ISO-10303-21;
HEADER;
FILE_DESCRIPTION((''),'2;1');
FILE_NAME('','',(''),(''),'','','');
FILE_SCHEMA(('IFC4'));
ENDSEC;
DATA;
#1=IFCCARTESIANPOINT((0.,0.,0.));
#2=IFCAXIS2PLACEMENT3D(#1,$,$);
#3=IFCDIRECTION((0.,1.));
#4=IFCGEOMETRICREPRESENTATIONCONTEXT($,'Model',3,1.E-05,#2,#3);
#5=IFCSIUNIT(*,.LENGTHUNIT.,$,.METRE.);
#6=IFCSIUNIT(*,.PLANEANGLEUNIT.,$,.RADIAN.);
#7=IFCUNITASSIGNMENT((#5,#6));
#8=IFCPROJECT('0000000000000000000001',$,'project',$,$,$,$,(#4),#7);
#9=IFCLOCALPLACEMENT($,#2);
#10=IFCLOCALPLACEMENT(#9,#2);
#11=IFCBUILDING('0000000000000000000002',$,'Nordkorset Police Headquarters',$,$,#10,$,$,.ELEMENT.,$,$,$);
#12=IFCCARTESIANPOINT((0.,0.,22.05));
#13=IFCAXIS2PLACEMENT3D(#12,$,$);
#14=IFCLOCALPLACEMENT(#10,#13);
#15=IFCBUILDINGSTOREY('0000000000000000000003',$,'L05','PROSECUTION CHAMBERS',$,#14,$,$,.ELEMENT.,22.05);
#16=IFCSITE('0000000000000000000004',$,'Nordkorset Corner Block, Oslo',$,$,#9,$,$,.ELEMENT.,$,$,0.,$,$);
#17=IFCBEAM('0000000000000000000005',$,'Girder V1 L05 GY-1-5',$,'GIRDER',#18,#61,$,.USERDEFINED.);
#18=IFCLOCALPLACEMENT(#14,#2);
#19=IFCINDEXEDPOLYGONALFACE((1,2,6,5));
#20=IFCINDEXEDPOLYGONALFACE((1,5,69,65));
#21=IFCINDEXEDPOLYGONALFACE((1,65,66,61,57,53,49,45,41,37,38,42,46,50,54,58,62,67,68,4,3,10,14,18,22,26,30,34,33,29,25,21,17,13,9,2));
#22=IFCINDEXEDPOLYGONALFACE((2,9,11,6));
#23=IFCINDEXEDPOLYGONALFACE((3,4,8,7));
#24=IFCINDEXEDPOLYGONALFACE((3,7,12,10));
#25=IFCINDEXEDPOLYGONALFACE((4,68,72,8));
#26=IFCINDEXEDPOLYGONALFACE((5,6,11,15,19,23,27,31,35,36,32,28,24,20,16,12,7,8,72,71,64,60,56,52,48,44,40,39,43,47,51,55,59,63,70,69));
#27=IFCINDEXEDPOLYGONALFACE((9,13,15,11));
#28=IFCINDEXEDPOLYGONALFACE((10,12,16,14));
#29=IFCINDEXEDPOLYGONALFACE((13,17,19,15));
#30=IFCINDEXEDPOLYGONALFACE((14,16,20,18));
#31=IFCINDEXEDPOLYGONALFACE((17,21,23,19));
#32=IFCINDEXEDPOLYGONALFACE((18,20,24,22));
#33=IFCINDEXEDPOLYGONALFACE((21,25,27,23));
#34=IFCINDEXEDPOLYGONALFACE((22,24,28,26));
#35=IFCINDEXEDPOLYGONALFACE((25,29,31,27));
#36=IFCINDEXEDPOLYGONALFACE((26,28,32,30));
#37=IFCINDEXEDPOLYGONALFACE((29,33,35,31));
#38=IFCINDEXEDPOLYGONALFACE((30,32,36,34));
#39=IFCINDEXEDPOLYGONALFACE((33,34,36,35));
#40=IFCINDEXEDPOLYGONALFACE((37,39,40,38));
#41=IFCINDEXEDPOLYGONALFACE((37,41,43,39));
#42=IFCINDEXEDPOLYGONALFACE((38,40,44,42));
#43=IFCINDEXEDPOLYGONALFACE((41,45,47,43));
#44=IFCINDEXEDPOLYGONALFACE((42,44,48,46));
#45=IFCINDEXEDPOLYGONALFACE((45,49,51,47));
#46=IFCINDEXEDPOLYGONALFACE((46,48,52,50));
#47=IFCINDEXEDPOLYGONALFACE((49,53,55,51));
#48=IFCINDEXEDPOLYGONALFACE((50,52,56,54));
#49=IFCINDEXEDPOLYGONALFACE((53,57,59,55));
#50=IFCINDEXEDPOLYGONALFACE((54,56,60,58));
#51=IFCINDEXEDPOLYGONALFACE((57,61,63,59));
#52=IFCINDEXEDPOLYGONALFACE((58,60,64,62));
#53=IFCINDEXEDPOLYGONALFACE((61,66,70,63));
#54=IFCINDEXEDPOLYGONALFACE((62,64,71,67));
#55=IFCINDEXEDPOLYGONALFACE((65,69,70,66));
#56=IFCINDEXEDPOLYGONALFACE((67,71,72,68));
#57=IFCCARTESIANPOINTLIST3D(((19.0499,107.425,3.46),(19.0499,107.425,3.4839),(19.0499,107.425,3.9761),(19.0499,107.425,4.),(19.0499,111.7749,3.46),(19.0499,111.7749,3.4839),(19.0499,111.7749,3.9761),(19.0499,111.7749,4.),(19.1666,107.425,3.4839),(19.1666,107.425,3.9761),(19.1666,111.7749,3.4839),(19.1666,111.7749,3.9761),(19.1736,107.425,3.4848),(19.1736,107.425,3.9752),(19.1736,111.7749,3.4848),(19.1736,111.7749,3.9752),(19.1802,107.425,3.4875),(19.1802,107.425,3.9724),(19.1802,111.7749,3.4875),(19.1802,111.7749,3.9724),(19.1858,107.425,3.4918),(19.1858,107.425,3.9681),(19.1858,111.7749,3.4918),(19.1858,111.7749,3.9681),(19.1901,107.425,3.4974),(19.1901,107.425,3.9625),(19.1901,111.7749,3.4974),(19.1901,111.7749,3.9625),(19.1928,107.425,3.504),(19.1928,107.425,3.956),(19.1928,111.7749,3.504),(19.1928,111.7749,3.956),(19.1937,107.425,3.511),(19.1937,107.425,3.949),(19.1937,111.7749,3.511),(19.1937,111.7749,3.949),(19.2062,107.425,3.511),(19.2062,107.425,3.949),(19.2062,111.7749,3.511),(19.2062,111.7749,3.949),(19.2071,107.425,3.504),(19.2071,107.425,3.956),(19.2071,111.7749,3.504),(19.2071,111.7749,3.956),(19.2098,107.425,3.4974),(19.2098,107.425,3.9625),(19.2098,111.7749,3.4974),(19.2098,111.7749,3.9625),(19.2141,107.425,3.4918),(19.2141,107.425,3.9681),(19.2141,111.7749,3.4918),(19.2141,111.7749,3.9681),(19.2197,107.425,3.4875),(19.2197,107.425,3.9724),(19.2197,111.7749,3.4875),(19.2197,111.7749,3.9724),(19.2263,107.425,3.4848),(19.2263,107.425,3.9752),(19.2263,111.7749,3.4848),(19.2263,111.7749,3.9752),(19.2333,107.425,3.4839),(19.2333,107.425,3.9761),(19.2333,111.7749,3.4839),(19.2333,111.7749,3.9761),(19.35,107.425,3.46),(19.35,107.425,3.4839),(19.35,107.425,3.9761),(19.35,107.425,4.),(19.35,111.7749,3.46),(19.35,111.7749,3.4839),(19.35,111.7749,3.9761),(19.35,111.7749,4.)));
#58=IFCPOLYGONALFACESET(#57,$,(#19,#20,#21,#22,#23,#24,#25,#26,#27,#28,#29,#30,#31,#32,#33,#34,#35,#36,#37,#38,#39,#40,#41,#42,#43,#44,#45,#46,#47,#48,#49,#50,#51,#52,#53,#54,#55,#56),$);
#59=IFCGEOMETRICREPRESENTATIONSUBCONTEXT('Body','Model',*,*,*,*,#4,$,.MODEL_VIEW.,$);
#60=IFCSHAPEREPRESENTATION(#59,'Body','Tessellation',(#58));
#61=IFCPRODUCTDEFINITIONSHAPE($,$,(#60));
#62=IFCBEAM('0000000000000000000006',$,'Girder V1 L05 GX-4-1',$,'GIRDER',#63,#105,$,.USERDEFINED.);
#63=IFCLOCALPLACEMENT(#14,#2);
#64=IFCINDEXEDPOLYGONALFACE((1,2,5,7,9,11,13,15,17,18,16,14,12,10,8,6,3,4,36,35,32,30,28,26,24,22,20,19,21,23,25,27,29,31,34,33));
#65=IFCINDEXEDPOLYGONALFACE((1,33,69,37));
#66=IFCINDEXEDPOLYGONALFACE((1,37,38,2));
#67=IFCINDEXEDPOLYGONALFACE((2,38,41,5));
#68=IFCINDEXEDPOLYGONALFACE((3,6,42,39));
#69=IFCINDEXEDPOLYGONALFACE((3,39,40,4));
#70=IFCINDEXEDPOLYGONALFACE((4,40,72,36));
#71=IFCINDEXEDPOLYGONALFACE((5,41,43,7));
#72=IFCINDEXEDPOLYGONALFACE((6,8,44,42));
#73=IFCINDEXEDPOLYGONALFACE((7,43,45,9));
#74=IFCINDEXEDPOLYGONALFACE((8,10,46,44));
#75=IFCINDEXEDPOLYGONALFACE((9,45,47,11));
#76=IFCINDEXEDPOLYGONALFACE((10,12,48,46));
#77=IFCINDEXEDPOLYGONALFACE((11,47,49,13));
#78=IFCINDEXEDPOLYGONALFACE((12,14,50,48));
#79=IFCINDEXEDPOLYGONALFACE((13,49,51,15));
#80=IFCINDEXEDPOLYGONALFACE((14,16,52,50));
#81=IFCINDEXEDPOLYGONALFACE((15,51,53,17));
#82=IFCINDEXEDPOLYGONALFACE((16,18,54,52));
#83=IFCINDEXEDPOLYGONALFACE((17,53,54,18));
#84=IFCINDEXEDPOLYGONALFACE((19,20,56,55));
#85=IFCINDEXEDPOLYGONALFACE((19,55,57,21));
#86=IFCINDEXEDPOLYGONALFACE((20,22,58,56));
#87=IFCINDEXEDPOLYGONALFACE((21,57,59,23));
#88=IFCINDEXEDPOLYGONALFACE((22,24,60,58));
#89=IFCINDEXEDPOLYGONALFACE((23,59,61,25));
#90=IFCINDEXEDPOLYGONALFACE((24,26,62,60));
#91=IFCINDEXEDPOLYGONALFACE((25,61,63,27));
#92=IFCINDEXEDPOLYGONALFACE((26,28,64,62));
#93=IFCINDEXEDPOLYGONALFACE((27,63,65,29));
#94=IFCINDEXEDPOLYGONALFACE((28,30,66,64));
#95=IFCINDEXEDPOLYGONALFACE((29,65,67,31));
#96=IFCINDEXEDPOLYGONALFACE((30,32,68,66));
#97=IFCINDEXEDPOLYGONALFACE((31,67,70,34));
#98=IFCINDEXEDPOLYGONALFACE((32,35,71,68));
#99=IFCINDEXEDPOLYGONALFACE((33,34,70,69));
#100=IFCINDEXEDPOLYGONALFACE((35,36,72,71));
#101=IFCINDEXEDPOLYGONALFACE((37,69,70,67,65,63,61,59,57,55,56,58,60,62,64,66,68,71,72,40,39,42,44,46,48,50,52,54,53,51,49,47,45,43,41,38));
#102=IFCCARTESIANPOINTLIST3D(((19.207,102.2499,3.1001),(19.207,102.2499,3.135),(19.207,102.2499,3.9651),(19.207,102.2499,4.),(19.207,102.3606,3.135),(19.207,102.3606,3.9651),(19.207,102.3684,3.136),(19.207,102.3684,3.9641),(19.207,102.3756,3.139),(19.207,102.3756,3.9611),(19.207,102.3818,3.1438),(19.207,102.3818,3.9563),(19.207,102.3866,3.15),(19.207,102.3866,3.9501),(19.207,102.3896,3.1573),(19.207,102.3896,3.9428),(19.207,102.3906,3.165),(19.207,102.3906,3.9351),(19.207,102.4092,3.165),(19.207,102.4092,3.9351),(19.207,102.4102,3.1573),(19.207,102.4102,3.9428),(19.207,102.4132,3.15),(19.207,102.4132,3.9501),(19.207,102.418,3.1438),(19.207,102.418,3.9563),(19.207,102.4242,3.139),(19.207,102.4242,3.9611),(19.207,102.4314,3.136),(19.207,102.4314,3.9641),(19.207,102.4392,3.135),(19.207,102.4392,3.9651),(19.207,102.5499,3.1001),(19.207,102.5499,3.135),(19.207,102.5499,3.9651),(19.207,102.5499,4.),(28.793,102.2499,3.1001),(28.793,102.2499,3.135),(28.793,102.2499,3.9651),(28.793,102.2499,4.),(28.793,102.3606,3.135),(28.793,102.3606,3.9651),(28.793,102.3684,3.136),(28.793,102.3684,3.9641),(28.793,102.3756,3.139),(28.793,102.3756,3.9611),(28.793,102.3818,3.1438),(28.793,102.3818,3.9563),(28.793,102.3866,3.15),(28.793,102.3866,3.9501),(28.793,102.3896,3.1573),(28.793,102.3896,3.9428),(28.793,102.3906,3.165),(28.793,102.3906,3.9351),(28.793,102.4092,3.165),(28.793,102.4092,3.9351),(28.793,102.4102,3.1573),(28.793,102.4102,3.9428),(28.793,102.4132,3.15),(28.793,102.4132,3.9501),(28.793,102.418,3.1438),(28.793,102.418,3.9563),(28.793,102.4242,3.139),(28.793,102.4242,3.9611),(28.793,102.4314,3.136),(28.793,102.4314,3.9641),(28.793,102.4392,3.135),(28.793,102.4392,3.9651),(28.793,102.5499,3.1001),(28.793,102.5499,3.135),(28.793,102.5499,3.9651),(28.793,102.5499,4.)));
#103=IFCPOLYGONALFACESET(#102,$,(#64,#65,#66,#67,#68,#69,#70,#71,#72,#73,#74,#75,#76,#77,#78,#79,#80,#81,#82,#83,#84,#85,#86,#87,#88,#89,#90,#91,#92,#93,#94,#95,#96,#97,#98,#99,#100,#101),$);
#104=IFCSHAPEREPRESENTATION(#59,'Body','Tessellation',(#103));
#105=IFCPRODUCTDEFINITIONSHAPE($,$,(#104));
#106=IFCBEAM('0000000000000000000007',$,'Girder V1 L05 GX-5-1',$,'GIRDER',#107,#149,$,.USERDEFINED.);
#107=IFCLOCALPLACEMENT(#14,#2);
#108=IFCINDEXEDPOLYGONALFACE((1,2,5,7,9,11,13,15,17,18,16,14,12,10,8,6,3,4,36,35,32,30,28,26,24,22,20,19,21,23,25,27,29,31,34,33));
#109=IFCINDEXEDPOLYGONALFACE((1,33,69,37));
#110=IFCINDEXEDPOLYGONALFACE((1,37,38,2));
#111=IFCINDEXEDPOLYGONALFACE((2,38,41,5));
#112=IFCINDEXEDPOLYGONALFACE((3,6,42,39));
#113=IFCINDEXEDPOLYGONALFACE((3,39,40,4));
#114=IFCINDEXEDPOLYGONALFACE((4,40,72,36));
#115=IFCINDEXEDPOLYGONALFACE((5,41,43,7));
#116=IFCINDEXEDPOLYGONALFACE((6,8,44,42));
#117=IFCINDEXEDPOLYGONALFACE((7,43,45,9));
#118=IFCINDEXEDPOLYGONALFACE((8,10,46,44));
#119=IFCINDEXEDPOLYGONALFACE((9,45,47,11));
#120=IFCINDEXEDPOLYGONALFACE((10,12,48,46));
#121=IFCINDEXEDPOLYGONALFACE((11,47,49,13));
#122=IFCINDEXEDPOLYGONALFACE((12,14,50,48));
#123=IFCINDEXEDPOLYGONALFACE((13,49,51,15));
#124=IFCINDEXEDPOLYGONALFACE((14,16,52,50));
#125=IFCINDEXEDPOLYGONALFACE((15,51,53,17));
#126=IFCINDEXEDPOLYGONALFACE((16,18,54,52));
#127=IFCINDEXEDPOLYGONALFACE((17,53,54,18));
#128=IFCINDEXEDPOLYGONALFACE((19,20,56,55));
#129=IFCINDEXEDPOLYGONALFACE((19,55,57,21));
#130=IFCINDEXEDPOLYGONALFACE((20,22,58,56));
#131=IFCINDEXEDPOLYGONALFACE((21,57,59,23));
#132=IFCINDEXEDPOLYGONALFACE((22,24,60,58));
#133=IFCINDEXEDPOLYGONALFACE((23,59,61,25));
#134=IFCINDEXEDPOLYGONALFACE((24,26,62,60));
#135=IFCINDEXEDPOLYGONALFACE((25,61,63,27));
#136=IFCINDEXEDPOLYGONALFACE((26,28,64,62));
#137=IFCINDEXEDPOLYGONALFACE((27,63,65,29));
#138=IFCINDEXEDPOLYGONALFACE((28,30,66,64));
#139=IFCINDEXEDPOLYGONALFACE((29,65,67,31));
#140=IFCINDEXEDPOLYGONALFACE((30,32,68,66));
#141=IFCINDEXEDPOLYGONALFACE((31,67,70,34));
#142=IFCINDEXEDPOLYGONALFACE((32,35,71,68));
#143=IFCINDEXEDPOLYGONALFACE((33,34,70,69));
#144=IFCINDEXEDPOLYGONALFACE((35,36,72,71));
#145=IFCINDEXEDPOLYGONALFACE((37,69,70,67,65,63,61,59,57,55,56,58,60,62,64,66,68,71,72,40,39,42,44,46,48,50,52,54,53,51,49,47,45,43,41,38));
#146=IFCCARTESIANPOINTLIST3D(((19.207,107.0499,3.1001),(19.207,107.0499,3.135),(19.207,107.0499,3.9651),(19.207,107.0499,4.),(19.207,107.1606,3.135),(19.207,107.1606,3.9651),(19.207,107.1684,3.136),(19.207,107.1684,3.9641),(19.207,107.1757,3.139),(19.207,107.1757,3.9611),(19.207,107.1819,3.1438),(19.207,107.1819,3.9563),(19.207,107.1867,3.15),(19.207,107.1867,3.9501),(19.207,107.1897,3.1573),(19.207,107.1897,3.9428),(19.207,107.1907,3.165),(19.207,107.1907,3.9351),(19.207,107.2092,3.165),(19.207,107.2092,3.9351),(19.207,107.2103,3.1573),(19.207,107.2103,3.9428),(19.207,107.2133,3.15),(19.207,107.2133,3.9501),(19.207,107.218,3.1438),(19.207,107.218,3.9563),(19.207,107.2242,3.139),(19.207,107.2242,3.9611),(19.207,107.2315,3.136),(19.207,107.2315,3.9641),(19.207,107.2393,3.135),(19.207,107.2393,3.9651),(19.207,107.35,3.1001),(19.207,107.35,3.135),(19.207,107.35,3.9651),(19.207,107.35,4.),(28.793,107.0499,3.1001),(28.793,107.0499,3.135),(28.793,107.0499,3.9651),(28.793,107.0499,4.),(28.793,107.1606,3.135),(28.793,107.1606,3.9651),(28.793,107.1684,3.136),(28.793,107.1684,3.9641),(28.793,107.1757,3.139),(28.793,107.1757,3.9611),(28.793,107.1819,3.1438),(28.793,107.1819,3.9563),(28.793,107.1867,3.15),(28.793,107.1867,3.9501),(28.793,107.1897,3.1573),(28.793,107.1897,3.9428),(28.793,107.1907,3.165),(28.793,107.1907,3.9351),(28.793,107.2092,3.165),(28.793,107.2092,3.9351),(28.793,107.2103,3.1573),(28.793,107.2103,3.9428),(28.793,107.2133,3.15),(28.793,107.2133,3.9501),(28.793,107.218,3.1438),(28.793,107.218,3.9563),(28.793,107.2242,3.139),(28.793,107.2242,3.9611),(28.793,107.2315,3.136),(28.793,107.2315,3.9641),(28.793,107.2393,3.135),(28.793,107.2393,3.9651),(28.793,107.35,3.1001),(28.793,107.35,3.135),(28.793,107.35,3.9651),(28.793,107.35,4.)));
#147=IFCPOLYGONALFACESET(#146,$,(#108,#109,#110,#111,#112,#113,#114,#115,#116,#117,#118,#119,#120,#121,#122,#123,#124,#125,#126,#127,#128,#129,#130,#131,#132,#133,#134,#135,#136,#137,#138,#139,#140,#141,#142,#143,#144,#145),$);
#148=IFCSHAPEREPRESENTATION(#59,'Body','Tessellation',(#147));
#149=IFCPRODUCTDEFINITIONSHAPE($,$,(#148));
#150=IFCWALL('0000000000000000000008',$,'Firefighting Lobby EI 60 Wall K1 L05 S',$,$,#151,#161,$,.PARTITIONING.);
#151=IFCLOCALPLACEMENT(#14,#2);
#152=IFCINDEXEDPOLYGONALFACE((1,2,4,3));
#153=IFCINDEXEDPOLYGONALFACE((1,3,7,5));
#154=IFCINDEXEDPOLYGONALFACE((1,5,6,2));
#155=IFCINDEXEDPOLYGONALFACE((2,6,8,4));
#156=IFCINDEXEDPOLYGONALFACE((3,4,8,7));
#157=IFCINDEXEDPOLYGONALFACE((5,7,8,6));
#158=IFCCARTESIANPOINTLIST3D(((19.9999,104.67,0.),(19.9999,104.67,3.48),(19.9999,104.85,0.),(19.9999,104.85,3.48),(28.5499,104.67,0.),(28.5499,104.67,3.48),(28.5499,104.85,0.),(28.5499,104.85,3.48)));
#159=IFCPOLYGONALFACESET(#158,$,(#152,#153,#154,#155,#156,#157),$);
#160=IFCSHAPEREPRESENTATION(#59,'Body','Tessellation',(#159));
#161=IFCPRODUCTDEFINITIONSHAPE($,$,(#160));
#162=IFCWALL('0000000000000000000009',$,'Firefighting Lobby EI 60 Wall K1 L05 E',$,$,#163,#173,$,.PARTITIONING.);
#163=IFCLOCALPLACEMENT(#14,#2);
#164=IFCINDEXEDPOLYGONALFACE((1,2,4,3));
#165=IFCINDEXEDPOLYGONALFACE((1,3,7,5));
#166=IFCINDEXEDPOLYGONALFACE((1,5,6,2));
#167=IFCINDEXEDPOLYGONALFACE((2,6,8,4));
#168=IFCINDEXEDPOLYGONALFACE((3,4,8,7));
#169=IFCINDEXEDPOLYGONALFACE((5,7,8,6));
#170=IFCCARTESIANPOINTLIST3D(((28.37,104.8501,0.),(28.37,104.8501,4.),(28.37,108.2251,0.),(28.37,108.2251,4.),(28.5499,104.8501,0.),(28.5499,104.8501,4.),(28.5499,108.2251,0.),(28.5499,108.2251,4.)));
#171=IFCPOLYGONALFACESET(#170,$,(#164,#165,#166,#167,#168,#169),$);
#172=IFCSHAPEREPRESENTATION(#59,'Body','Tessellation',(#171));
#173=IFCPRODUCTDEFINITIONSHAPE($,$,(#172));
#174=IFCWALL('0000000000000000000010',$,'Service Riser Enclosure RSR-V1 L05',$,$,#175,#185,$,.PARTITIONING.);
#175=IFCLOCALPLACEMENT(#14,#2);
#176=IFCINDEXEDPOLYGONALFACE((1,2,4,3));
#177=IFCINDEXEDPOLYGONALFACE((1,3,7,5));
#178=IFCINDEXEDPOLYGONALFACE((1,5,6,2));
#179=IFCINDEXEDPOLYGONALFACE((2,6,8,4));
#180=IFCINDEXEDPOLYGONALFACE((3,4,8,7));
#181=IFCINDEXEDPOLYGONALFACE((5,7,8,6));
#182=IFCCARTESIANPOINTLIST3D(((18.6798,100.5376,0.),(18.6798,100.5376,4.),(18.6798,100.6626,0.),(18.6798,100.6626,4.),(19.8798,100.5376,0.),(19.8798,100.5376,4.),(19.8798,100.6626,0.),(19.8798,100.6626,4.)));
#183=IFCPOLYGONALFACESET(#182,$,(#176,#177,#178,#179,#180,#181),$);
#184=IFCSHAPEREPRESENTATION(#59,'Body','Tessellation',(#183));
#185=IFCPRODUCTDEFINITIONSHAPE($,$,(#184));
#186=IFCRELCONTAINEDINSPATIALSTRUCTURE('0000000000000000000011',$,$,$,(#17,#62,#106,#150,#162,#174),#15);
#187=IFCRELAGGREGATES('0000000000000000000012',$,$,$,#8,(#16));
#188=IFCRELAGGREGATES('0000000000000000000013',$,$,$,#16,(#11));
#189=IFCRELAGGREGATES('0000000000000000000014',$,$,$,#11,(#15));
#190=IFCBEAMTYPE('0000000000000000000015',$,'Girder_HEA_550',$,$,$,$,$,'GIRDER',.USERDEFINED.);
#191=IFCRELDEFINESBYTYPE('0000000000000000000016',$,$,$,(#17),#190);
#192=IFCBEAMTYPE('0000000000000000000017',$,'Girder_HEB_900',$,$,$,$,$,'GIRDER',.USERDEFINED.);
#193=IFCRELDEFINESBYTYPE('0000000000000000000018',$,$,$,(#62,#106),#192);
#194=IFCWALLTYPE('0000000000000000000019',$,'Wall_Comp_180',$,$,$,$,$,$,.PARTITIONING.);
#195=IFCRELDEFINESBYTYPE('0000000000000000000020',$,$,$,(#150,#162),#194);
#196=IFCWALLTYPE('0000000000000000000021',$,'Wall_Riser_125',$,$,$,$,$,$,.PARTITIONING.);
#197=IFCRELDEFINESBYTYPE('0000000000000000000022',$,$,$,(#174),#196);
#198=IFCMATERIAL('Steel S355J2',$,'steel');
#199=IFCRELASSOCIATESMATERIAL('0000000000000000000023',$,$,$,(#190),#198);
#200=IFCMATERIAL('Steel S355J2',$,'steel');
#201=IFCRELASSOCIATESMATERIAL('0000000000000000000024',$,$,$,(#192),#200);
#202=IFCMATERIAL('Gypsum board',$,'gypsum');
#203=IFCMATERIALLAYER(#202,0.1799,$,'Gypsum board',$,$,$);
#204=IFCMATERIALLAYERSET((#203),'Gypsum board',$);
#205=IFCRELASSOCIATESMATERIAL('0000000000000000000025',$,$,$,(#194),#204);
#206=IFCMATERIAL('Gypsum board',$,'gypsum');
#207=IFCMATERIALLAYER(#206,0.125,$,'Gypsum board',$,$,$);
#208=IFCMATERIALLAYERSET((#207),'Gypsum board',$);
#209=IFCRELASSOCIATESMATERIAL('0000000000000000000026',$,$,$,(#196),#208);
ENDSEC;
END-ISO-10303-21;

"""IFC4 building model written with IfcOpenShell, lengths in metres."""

from ifc_helpers import new_model, si_unit, direction, frame, frame_2d, origin, origin_2d, place, context, subcontext, project, spatial, rectangle, i_section, extrude, material, layer, layer_set, material_profile, profile_set, type_object, element, save


model = new_model("IFC4")

# Units and contexts
model_context = context("Model", 3, precision=1e-05, world=origin(), true_north=direction((0.0, 1.0)))
body_context = subcontext(model_context, "Body", "Model", "MODEL_VIEW")
ifc_project = project(units=[si_unit("LENGTHUNIT", "METRE"), si_unit("PLANEANGLEUNIT", "RADIAN")], contexts=[model_context])

# Site, building, storey
site_placement = place(None, origin())
site = spatial("IfcSite", under=ifc_project, at=site_placement, Name="Nordkorset Corner Block, Oslo", CompositionType="ELEMENT", RefElevation=0.0)
building_placement = place(site_placement, origin())
building = spatial("IfcBuilding", under=site, at=building_placement, Name="Nordkorset Police Headquarters", CompositionType="ELEMENT")
storey_placement = place(building_placement, frame((0.0, 0.0, 22.05)))
storey = spatial("IfcBuildingStorey", under=building, at=storey_placement, Name="L05", Description="PROSECUTION CHAMBERS", CompositionType="ELEMENT", Elevation=22.05)

# Beams
ifc_material_1 = material(Name="Steel S355J2", Category="steel")
ifc_material_profile_1 = material_profile(ifc_material_1, i_section(OverallWidth=0.3, OverallDepth=0.54, WebThickness=0.0125, FlangeThickness=0.0239, FilletRadius=0.0271, at=origin_2d()), Name="HEA 550")
ifc_profile_set_1 = profile_set([ifc_material_profile_1], Name="Steel S355J2")
beam_type_1 = type_object("IfcBeamType", Name="Girder_HEA_550", ElementType="GIRDER", PredefinedType="USERDEFINED", material=ifc_profile_set_1)
beam_1_placement = place(storey_placement, frame((19.2, 107.425, 3.73), z_axis=(0.0, 1.0, 0.0), x_axis=(-1.0, 0.0, 0.0)))
element("IfcBeam", 1, at=beam_1_placement, inside=storey, type_object=beam_type_1, Name="Girder V1 L05 GY-1-5", ObjectType="GIRDER", PredefinedType="USERDEFINED", context=body_context, shape_type="SweptSolid", body=[
    extrude(i_section(OverallWidth=0.3, OverallDepth=0.54, WebThickness=0.0125, FlangeThickness=0.0239, FilletRadius=0.0271, at=origin_2d()), origin(), (0.0, 0.0, 1.0), 4.3499),
])
ifc_material_2 = material(Name="Steel S355J2", Category="steel")
ifc_material_profile_2 = material_profile(ifc_material_2, i_section(OverallWidth=0.3, OverallDepth=0.8999, WebThickness=0.0186, FlangeThickness=0.0349, FilletRadius=0.03, at=origin_2d()), Name="HEB 900")
ifc_profile_set_2 = profile_set([ifc_material_profile_2], Name="Steel S355J2")
beam_type_2 = type_object("IfcBeamType", Name="Girder_HEB_900", ElementType="GIRDER", PredefinedType="USERDEFINED", material=ifc_profile_set_2)
for number, where, z_axis, x_axis, name in (
    (2, (19.207, 102.3999, 3.55), (1.0, 0.0, 0.0), (0.0, 1.0, 0.0), "Girder V1 L05 GX-4-1"),
    (3, (19.207, 107.2, 3.55), (1.0, 0.0, 0.0), (0.0, 1.0, 0.0), "Girder V1 L05 GX-5-1"),
):
    element("IfcBeam", number, at=place(storey_placement, frame(where, z_axis=z_axis, x_axis=x_axis)), inside=storey, type_object=beam_type_2, Name=name, ObjectType="GIRDER", PredefinedType="USERDEFINED", context=body_context, shape_type="SweptSolid", body=[
        extrude(i_section(OverallWidth=0.3, OverallDepth=0.8999, WebThickness=0.0186, FlangeThickness=0.0349, FilletRadius=0.03, at=origin_2d()), origin(), (0.0, 0.0, 1.0), 9.5859),
    ])

# Wall
ifc_material_3 = material(Name="Gypsum board", Category="gypsum")
ifc_layer_1 = layer(ifc_material_3, 0.1799, Name="Gypsum board")
ifc_layer_set_1 = layer_set([ifc_layer_1], Name="Gypsum board")
wall_type_1 = type_object("IfcWallType", Name="Wall_Comp_180", PredefinedType="PARTITIONING", material=ifc_layer_set_1)
wall_1_placement = place(storey_placement, frame((20.0, 104.76, 0.0), z_axis=(0.0, 0.0, 1.0), x_axis=(1.0, 0.0, 0.0)))
element("IfcWall", 4, at=wall_1_placement, inside=storey, type_object=wall_type_1, Name="Firefighting Lobby EI 60 Wall K1 L05 S", PredefinedType="PARTITIONING", context=body_context, shape_type="SweptSolid", body=[
    extrude(rectangle(XDim=8.55, YDim=0.1799, at=frame_2d((4.2749, 0.0))), origin(), (0.0, 0.0, 1.0), 3.48),
])

# Wall
wall_2_placement = place(storey_placement, frame((28.46, 104.8501, 0.0), z_axis=(0.0, 0.0, 1.0), x_axis=(0.0, 1.0, 0.0)))
element("IfcWall", 5, at=wall_2_placement, inside=storey, type_object=wall_type_1, Name="Firefighting Lobby EI 60 Wall K1 L05 E", PredefinedType="PARTITIONING", context=body_context, shape_type="SweptSolid", body=[
    extrude(rectangle(XDim=3.375, YDim=0.1799, at=frame_2d((1.6875, 0.0))), origin(), (0.0, 0.0, 1.0), 4.0),
])

# Wall
ifc_material_4 = material(Name="Gypsum board", Category="gypsum")
ifc_layer_2 = layer(ifc_material_4, 0.125, Name="Gypsum board")
ifc_layer_set_2 = layer_set([ifc_layer_2], Name="Gypsum board")
wall_type_2 = type_object("IfcWallType", Name="Wall_Riser_125", PredefinedType="PARTITIONING", material=ifc_layer_set_2)
wall_3_placement = place(storey_placement, frame((19.8799, 100.6001, 0.0), z_axis=(0.0, 0.0, 1.0), x_axis=(-1.0, 0.0, 0.0)))
element("IfcWall", 6, at=wall_3_placement, inside=storey, type_object=wall_type_2, Name="Service Riser Enclosure RSR-V1 L05", PredefinedType="PARTITIONING", context=body_context, shape_type="SweptSolid", body=[
    extrude(rectangle(XDim=1.2, YDim=0.125, at=frame_2d((0.6001, 0.0))), origin(), (0.0, 0.0, 1.0), 4.0),
])

save(model, "model.ifc")
